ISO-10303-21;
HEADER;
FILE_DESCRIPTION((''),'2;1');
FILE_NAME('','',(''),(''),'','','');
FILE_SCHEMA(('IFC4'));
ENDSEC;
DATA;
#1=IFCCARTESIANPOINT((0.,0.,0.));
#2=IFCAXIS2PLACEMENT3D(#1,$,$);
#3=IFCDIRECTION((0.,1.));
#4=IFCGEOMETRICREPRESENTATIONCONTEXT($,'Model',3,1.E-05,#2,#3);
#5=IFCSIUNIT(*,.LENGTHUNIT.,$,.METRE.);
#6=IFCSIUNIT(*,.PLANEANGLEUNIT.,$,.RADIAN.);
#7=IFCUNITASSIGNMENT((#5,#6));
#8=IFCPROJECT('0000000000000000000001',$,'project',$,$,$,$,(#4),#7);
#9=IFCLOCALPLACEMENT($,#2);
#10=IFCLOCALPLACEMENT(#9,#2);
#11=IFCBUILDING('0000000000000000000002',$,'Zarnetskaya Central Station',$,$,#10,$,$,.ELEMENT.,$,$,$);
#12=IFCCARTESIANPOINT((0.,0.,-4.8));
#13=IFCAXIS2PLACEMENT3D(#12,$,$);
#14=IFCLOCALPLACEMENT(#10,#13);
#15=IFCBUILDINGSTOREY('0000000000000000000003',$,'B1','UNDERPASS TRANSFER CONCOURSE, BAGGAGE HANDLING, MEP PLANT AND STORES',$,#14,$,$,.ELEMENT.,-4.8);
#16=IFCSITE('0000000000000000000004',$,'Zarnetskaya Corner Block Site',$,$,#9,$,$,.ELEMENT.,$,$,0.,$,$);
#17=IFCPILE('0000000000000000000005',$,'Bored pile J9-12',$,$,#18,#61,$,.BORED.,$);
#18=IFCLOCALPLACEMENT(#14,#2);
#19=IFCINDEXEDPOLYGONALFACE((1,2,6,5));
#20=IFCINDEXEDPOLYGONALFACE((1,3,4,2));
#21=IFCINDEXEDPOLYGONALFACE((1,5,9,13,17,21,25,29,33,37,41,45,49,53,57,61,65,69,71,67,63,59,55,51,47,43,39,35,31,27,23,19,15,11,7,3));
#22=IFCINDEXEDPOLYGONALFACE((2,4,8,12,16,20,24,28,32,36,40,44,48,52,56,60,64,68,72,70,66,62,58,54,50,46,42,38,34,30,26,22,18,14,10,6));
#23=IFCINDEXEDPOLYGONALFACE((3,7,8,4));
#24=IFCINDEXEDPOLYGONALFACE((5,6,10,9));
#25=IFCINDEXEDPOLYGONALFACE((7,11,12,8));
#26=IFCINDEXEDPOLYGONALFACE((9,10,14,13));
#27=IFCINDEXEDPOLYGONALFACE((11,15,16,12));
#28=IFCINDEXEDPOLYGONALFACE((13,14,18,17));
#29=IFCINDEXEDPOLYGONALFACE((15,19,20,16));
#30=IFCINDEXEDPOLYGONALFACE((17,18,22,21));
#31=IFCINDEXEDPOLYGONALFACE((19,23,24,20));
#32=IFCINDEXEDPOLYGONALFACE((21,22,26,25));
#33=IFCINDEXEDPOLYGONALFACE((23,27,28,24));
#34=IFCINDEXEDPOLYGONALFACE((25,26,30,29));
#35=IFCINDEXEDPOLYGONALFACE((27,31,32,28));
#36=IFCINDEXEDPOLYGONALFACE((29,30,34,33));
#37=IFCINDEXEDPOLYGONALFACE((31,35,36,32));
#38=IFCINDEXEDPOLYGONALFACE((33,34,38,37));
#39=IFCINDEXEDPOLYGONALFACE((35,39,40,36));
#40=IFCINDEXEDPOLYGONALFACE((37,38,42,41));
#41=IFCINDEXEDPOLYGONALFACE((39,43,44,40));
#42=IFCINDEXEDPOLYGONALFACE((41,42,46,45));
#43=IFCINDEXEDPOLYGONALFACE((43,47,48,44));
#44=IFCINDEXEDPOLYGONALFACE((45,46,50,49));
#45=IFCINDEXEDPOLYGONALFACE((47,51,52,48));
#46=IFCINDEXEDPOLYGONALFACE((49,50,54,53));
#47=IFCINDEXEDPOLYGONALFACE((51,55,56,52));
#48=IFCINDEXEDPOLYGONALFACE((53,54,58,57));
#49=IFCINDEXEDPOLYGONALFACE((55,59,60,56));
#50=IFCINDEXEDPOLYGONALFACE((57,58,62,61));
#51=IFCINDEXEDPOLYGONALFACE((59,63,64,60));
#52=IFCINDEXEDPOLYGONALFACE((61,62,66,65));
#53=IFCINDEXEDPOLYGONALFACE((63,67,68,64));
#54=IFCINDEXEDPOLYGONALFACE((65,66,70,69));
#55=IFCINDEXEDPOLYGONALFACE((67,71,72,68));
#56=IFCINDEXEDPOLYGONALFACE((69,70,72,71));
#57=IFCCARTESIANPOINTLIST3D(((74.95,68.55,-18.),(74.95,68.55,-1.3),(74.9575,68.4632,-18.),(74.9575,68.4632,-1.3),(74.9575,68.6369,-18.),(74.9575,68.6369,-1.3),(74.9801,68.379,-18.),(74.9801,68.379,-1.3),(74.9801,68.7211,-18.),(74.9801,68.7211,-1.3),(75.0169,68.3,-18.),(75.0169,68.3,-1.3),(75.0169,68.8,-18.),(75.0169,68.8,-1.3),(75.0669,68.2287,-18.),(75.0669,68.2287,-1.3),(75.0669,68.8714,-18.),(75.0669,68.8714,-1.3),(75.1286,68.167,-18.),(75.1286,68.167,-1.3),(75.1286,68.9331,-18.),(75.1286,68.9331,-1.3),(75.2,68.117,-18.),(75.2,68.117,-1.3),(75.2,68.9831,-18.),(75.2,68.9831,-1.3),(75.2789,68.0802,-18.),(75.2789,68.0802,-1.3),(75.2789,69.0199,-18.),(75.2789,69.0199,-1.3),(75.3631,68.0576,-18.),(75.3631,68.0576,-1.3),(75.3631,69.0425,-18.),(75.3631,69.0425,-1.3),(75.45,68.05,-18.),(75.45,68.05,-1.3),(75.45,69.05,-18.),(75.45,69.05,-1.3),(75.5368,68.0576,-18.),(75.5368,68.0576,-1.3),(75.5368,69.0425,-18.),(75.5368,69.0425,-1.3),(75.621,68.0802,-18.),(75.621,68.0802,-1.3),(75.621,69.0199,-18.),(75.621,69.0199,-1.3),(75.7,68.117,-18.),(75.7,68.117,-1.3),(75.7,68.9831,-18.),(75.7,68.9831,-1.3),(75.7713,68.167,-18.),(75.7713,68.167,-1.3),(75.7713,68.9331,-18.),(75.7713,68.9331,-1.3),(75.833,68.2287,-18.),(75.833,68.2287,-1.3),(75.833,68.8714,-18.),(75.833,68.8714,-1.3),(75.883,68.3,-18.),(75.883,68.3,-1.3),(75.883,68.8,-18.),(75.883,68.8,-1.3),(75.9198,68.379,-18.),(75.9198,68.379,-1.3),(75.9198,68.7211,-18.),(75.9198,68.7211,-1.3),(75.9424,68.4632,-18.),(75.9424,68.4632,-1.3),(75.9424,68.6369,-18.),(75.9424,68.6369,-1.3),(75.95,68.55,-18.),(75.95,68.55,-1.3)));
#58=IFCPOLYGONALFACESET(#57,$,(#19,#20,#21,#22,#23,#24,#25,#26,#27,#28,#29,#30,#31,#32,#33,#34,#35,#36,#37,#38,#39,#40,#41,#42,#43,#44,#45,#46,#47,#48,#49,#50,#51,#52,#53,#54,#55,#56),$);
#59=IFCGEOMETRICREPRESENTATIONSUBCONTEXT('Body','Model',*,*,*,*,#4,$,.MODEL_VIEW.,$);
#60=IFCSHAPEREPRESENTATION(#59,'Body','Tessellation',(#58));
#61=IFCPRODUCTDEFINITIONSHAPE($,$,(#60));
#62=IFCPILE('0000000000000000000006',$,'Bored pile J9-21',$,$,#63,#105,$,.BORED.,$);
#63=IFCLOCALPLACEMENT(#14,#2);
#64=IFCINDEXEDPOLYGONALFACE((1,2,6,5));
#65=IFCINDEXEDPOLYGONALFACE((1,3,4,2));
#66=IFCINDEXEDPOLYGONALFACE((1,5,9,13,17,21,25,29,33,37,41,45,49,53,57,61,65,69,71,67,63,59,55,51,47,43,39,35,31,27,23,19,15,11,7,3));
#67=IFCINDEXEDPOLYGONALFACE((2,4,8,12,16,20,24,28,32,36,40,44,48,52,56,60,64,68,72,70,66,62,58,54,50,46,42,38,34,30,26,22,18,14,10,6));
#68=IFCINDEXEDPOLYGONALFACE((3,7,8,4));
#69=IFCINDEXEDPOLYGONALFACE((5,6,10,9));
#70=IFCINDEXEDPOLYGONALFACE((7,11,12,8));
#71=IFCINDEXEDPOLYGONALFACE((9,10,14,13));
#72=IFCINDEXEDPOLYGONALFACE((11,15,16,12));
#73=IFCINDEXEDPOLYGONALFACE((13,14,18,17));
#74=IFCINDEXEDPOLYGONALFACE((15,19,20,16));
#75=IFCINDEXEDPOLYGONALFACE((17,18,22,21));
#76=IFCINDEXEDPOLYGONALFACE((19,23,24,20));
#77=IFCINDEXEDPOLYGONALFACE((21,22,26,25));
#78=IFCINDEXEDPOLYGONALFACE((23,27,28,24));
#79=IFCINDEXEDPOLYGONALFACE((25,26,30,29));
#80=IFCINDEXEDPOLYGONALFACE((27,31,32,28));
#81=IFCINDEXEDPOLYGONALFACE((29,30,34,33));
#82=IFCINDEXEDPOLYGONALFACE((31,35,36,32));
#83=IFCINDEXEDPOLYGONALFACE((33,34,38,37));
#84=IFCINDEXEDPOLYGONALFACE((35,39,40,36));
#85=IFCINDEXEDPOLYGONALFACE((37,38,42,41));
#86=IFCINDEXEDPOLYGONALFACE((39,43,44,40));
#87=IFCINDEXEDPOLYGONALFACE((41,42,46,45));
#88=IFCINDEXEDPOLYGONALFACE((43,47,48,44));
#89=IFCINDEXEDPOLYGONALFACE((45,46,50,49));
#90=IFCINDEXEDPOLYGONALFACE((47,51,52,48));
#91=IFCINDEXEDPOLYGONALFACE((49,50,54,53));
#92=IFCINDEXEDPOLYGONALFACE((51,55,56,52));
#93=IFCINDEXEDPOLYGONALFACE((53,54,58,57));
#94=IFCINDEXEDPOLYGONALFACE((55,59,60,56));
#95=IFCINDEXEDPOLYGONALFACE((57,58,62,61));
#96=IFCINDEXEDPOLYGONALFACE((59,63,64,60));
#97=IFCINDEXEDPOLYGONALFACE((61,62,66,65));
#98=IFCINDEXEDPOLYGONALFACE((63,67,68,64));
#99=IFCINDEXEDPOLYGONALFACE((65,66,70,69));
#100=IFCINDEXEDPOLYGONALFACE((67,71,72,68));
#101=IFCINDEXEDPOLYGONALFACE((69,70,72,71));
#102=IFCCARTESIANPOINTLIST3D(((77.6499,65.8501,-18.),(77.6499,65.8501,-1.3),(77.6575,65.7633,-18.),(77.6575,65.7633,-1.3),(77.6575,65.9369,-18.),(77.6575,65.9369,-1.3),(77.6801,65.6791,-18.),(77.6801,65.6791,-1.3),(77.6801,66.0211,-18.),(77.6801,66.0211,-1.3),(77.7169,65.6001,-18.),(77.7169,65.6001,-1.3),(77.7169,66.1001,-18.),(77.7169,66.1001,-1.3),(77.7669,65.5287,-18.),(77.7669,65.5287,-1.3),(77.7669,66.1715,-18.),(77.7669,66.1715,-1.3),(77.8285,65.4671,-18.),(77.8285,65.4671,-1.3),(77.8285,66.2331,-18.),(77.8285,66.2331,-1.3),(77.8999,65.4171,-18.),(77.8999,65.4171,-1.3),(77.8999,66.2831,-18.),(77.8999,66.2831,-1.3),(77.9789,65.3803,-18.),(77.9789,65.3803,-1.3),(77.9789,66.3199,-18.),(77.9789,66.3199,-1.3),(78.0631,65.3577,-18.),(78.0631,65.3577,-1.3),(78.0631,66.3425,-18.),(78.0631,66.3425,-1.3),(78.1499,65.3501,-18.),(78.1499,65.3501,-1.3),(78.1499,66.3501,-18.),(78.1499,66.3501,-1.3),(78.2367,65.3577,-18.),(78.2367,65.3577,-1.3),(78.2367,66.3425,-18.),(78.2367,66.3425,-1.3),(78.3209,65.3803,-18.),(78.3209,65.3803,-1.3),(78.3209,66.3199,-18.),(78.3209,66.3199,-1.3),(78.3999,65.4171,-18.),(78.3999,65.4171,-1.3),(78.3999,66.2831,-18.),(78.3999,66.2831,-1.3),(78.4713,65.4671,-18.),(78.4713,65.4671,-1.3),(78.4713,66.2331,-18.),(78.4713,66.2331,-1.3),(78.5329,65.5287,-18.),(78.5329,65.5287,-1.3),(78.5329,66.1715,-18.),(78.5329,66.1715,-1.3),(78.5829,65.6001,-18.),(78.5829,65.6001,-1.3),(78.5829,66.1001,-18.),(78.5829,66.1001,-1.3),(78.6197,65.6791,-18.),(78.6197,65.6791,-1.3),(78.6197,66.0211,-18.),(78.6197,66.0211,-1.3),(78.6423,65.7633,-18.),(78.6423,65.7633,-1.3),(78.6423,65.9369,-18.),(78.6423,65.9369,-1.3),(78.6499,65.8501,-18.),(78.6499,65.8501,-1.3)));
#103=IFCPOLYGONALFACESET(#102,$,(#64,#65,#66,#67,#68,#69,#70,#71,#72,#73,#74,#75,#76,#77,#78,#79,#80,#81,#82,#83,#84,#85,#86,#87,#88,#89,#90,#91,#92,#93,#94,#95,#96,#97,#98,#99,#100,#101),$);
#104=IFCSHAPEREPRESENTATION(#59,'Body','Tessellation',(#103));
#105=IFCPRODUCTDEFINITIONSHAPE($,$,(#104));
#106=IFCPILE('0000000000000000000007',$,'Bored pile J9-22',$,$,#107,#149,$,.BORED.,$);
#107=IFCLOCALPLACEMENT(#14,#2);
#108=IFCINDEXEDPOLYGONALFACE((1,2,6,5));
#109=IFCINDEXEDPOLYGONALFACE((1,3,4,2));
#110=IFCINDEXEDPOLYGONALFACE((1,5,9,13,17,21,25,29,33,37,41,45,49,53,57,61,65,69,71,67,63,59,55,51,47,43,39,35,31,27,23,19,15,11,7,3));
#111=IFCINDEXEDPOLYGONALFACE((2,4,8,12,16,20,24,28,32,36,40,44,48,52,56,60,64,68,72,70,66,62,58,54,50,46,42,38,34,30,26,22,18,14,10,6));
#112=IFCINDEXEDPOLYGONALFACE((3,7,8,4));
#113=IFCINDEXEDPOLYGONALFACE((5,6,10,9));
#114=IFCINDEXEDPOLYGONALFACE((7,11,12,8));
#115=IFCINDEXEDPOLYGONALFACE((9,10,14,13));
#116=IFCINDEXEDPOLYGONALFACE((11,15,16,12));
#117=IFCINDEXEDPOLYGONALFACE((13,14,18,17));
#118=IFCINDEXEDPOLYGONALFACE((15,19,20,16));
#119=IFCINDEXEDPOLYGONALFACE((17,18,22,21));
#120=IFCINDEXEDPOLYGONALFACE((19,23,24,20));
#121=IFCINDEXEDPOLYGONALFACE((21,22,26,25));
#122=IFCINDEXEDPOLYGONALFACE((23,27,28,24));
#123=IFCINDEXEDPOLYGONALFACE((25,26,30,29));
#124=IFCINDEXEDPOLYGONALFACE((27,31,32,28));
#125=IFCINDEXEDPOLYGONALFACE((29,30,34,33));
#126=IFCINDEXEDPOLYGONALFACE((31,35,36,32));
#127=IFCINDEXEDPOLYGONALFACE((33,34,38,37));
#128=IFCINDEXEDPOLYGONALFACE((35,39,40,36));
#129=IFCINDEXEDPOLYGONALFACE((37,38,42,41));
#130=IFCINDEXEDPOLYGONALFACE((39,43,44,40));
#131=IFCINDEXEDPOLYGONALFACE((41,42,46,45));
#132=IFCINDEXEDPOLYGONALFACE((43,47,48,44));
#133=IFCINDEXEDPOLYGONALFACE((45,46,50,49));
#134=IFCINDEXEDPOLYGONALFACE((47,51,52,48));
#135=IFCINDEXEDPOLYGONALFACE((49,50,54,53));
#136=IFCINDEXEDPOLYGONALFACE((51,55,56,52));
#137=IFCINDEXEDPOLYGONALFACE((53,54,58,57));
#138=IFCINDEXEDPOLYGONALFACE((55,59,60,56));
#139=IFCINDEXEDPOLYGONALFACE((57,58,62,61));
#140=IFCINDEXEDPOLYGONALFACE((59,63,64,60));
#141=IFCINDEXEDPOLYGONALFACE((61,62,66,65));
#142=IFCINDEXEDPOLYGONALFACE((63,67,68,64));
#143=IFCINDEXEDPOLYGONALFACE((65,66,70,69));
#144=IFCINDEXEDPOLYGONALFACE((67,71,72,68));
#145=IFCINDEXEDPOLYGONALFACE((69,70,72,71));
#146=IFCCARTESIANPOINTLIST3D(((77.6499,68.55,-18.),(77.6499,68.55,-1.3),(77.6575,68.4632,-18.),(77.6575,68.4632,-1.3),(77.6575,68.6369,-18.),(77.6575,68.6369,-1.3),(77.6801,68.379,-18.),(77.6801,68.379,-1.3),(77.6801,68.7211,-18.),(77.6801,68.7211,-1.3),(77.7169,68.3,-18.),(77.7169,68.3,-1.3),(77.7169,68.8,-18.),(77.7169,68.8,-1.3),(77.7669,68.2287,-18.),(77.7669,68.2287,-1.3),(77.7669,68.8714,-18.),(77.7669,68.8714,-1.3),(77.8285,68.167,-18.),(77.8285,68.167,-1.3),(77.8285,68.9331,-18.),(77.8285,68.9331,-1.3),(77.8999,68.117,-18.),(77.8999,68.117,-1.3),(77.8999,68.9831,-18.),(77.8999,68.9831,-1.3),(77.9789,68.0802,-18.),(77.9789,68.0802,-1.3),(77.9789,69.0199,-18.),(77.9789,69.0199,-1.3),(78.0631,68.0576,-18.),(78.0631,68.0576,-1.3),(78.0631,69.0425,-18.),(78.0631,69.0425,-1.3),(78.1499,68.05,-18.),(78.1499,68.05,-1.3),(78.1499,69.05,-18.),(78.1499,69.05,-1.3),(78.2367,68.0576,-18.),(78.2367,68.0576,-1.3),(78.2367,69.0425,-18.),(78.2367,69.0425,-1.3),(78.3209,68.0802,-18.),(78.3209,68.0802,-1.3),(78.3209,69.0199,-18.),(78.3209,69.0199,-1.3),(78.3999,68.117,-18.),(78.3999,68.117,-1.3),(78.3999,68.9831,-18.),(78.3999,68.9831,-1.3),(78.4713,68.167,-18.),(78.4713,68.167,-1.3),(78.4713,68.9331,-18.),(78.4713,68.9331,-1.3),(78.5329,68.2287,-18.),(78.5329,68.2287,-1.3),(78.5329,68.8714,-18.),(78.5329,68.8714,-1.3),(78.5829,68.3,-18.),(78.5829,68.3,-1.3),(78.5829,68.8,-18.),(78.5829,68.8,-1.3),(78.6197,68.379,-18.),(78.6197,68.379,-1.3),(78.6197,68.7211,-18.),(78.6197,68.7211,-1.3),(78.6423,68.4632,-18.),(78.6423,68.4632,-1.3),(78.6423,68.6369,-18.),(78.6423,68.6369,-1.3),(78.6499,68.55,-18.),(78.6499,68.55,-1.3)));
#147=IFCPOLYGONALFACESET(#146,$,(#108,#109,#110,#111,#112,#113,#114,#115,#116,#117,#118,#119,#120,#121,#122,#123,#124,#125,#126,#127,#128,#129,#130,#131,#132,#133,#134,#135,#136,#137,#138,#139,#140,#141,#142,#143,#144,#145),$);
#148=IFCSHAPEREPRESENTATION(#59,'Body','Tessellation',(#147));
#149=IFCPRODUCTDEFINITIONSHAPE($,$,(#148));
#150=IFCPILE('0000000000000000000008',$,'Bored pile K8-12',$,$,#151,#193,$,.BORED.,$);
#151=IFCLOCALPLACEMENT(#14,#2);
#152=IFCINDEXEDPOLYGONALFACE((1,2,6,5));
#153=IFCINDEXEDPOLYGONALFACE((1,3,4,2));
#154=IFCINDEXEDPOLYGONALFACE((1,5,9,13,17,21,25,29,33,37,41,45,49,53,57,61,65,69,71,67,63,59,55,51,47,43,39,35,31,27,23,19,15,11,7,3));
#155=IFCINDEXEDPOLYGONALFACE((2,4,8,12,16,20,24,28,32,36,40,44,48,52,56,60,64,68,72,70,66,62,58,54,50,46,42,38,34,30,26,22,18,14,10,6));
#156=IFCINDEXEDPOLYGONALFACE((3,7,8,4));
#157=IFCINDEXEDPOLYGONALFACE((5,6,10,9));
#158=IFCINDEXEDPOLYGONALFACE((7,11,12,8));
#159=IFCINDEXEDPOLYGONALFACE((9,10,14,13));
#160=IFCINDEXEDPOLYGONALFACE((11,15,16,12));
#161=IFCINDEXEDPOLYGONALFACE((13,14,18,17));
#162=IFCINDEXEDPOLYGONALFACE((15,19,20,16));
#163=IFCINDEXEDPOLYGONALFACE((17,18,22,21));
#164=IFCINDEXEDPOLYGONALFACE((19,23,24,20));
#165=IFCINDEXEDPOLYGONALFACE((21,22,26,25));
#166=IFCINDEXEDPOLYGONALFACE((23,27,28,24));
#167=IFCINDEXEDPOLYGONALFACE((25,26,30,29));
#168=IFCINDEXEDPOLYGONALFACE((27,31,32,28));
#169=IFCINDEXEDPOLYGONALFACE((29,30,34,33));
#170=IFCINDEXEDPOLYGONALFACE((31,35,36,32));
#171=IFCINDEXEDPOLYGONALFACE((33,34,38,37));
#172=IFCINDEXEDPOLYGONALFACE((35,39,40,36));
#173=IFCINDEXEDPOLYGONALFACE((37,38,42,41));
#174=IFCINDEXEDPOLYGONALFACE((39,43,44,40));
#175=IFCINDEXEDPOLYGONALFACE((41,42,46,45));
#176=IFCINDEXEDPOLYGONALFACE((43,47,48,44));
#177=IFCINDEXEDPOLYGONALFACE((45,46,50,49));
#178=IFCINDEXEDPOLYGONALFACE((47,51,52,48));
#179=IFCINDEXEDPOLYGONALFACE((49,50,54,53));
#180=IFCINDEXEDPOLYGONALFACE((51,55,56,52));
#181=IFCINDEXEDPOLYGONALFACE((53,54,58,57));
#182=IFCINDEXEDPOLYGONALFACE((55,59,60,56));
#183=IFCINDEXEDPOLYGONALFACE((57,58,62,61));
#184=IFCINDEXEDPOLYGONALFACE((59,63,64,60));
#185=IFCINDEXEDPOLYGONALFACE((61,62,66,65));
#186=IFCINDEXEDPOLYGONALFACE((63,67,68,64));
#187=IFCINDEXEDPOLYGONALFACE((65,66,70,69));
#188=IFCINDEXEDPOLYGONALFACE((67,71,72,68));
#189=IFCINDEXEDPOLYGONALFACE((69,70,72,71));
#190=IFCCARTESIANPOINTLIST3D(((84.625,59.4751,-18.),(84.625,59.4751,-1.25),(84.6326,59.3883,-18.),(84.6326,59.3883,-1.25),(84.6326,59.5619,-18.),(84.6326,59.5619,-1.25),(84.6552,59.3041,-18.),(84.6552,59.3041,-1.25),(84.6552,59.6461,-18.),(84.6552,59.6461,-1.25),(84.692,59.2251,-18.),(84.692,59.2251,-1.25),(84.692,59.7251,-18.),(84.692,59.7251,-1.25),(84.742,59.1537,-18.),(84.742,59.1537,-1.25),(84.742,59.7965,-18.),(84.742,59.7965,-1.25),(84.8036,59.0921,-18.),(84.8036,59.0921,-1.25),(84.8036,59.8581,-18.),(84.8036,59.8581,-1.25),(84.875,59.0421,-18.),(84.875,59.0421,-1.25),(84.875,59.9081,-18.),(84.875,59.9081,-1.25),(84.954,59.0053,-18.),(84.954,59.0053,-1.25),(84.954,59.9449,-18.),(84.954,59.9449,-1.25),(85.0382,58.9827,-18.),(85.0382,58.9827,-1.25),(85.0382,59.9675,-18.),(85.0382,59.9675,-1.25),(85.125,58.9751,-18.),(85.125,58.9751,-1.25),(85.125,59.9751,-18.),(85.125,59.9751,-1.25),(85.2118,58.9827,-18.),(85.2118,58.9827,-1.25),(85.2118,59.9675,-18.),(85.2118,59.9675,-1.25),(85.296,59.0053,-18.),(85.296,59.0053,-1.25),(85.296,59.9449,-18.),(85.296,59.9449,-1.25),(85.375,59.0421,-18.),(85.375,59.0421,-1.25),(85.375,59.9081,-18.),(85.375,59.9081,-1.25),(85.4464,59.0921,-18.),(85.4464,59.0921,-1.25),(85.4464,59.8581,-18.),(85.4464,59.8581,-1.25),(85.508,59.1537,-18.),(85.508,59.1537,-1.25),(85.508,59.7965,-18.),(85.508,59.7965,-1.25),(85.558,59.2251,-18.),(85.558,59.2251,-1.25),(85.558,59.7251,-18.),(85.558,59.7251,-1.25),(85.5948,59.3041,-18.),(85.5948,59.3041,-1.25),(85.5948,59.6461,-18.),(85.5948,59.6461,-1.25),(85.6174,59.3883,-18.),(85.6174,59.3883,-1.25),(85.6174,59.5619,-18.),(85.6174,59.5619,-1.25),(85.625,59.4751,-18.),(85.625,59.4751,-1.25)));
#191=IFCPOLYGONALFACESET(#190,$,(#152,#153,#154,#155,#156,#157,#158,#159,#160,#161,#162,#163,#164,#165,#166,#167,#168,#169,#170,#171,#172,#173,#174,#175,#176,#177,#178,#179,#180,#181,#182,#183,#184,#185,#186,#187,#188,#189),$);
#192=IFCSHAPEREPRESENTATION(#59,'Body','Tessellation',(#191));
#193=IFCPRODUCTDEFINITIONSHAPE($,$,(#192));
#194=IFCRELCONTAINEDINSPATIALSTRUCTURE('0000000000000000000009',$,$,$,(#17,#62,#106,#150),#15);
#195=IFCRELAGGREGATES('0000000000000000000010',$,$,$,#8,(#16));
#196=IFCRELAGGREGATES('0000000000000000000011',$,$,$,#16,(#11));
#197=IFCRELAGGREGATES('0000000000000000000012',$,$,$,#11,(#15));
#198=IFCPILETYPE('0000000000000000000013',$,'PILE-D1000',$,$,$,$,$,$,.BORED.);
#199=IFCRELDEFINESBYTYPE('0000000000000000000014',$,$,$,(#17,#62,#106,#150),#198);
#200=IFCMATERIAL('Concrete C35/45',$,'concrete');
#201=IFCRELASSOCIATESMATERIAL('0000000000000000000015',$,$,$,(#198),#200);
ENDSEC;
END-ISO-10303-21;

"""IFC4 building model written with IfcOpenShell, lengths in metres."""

from ifc_helpers import new_model, si_unit, direction, frame, origin, origin_2d, place, context, subcontext, project, spatial, circle, extrude, material, material_profile, profile_set, type_object, element, save


model = new_model("IFC4")

# Units and contexts
model_context = context("Model", 3, precision=1e-05, world=origin(), true_north=direction((0.0, 1.0)))
body_context = subcontext(model_context, "Body", "Model", "MODEL_VIEW")
ifc_project = project(units=[si_unit("LENGTHUNIT", "METRE"), si_unit("PLANEANGLEUNIT", "RADIAN")], contexts=[model_context])

# Site, building, storey
site_placement = place(None, origin())
site = spatial("IfcSite", under=ifc_project, at=site_placement, Name="Zarnetskaya Corner Block Site", CompositionType="ELEMENT", RefElevation=0.0)
building_placement = place(site_placement, origin())
building = spatial("IfcBuilding", under=site, at=building_placement, Name="Zarnetskaya Central Station", CompositionType="ELEMENT")
storey_placement = place(building_placement, frame((0.0, 0.0, -4.8)))
storey = spatial("IfcBuildingStorey", under=building, at=storey_placement, Name="B1", Description="UNDERPASS TRANSFER CONCOURSE, BAGGAGE HANDLING, MEP PLANT AND STORES", CompositionType="ELEMENT", Elevation=-4.8)

# Shared definitions
ifc_material_1 = material(Name="Concrete C35/45", Category="concrete")

# Piles
ifc_material_profile_1 = material_profile(ifc_material_1, circle(Radius=0.5, at=origin_2d()), Name="BORED PILE D1000")
ifc_profile_set_1 = profile_set([ifc_material_profile_1], Name="Concrete C35/45")
pile_type = type_object("IfcPileType", Name="PILE-D1000", PredefinedType="BORED", material=ifc_profile_set_1)
for number, where, z_axis, x_axis, name in (
    (1, (75.45, 68.55, -1.3), (0.0, 0.0, -1.0), (1.0, 0.0, 0.0), "Bored pile J9-12"),
    (2, (78.1499, 65.8501, -1.3), (0.0, 0.0, -1.0), (1.0, 0.0, 0.0), "Bored pile J9-21"),
    (3, (78.1499, 68.55, -1.3), (0.0, 0.0, -1.0), (1.0, 0.0, 0.0), "Bored pile J9-22"),
):
    element("IfcPile", number, at=place(storey_placement, frame(where, z_axis=z_axis, x_axis=x_axis)), inside=storey, type_object=pile_type, Name=name, PredefinedType="BORED", context=body_context, shape_type="SweptSolid", body=[
        extrude(circle(Radius=0.5, at=origin_2d()), origin(), (0.0, 0.0, 1.0), 16.7),
    ])
pile_placement = place(storey_placement, frame((85.125, 59.4751, -1.25), z_axis=(0.0, 0.0, -1.0), x_axis=(1.0, 0.0, 0.0)))
element("IfcPile", 4, at=pile_placement, inside=storey, type_object=pile_type, Name="Bored pile K8-12", PredefinedType="BORED", context=body_context, shape_type="SweptSolid", body=[
    extrude(circle(Radius=0.5, at=origin_2d()), origin(), (0.0, 0.0, 1.0), 16.75),
])

save(model, "model.ifc")
